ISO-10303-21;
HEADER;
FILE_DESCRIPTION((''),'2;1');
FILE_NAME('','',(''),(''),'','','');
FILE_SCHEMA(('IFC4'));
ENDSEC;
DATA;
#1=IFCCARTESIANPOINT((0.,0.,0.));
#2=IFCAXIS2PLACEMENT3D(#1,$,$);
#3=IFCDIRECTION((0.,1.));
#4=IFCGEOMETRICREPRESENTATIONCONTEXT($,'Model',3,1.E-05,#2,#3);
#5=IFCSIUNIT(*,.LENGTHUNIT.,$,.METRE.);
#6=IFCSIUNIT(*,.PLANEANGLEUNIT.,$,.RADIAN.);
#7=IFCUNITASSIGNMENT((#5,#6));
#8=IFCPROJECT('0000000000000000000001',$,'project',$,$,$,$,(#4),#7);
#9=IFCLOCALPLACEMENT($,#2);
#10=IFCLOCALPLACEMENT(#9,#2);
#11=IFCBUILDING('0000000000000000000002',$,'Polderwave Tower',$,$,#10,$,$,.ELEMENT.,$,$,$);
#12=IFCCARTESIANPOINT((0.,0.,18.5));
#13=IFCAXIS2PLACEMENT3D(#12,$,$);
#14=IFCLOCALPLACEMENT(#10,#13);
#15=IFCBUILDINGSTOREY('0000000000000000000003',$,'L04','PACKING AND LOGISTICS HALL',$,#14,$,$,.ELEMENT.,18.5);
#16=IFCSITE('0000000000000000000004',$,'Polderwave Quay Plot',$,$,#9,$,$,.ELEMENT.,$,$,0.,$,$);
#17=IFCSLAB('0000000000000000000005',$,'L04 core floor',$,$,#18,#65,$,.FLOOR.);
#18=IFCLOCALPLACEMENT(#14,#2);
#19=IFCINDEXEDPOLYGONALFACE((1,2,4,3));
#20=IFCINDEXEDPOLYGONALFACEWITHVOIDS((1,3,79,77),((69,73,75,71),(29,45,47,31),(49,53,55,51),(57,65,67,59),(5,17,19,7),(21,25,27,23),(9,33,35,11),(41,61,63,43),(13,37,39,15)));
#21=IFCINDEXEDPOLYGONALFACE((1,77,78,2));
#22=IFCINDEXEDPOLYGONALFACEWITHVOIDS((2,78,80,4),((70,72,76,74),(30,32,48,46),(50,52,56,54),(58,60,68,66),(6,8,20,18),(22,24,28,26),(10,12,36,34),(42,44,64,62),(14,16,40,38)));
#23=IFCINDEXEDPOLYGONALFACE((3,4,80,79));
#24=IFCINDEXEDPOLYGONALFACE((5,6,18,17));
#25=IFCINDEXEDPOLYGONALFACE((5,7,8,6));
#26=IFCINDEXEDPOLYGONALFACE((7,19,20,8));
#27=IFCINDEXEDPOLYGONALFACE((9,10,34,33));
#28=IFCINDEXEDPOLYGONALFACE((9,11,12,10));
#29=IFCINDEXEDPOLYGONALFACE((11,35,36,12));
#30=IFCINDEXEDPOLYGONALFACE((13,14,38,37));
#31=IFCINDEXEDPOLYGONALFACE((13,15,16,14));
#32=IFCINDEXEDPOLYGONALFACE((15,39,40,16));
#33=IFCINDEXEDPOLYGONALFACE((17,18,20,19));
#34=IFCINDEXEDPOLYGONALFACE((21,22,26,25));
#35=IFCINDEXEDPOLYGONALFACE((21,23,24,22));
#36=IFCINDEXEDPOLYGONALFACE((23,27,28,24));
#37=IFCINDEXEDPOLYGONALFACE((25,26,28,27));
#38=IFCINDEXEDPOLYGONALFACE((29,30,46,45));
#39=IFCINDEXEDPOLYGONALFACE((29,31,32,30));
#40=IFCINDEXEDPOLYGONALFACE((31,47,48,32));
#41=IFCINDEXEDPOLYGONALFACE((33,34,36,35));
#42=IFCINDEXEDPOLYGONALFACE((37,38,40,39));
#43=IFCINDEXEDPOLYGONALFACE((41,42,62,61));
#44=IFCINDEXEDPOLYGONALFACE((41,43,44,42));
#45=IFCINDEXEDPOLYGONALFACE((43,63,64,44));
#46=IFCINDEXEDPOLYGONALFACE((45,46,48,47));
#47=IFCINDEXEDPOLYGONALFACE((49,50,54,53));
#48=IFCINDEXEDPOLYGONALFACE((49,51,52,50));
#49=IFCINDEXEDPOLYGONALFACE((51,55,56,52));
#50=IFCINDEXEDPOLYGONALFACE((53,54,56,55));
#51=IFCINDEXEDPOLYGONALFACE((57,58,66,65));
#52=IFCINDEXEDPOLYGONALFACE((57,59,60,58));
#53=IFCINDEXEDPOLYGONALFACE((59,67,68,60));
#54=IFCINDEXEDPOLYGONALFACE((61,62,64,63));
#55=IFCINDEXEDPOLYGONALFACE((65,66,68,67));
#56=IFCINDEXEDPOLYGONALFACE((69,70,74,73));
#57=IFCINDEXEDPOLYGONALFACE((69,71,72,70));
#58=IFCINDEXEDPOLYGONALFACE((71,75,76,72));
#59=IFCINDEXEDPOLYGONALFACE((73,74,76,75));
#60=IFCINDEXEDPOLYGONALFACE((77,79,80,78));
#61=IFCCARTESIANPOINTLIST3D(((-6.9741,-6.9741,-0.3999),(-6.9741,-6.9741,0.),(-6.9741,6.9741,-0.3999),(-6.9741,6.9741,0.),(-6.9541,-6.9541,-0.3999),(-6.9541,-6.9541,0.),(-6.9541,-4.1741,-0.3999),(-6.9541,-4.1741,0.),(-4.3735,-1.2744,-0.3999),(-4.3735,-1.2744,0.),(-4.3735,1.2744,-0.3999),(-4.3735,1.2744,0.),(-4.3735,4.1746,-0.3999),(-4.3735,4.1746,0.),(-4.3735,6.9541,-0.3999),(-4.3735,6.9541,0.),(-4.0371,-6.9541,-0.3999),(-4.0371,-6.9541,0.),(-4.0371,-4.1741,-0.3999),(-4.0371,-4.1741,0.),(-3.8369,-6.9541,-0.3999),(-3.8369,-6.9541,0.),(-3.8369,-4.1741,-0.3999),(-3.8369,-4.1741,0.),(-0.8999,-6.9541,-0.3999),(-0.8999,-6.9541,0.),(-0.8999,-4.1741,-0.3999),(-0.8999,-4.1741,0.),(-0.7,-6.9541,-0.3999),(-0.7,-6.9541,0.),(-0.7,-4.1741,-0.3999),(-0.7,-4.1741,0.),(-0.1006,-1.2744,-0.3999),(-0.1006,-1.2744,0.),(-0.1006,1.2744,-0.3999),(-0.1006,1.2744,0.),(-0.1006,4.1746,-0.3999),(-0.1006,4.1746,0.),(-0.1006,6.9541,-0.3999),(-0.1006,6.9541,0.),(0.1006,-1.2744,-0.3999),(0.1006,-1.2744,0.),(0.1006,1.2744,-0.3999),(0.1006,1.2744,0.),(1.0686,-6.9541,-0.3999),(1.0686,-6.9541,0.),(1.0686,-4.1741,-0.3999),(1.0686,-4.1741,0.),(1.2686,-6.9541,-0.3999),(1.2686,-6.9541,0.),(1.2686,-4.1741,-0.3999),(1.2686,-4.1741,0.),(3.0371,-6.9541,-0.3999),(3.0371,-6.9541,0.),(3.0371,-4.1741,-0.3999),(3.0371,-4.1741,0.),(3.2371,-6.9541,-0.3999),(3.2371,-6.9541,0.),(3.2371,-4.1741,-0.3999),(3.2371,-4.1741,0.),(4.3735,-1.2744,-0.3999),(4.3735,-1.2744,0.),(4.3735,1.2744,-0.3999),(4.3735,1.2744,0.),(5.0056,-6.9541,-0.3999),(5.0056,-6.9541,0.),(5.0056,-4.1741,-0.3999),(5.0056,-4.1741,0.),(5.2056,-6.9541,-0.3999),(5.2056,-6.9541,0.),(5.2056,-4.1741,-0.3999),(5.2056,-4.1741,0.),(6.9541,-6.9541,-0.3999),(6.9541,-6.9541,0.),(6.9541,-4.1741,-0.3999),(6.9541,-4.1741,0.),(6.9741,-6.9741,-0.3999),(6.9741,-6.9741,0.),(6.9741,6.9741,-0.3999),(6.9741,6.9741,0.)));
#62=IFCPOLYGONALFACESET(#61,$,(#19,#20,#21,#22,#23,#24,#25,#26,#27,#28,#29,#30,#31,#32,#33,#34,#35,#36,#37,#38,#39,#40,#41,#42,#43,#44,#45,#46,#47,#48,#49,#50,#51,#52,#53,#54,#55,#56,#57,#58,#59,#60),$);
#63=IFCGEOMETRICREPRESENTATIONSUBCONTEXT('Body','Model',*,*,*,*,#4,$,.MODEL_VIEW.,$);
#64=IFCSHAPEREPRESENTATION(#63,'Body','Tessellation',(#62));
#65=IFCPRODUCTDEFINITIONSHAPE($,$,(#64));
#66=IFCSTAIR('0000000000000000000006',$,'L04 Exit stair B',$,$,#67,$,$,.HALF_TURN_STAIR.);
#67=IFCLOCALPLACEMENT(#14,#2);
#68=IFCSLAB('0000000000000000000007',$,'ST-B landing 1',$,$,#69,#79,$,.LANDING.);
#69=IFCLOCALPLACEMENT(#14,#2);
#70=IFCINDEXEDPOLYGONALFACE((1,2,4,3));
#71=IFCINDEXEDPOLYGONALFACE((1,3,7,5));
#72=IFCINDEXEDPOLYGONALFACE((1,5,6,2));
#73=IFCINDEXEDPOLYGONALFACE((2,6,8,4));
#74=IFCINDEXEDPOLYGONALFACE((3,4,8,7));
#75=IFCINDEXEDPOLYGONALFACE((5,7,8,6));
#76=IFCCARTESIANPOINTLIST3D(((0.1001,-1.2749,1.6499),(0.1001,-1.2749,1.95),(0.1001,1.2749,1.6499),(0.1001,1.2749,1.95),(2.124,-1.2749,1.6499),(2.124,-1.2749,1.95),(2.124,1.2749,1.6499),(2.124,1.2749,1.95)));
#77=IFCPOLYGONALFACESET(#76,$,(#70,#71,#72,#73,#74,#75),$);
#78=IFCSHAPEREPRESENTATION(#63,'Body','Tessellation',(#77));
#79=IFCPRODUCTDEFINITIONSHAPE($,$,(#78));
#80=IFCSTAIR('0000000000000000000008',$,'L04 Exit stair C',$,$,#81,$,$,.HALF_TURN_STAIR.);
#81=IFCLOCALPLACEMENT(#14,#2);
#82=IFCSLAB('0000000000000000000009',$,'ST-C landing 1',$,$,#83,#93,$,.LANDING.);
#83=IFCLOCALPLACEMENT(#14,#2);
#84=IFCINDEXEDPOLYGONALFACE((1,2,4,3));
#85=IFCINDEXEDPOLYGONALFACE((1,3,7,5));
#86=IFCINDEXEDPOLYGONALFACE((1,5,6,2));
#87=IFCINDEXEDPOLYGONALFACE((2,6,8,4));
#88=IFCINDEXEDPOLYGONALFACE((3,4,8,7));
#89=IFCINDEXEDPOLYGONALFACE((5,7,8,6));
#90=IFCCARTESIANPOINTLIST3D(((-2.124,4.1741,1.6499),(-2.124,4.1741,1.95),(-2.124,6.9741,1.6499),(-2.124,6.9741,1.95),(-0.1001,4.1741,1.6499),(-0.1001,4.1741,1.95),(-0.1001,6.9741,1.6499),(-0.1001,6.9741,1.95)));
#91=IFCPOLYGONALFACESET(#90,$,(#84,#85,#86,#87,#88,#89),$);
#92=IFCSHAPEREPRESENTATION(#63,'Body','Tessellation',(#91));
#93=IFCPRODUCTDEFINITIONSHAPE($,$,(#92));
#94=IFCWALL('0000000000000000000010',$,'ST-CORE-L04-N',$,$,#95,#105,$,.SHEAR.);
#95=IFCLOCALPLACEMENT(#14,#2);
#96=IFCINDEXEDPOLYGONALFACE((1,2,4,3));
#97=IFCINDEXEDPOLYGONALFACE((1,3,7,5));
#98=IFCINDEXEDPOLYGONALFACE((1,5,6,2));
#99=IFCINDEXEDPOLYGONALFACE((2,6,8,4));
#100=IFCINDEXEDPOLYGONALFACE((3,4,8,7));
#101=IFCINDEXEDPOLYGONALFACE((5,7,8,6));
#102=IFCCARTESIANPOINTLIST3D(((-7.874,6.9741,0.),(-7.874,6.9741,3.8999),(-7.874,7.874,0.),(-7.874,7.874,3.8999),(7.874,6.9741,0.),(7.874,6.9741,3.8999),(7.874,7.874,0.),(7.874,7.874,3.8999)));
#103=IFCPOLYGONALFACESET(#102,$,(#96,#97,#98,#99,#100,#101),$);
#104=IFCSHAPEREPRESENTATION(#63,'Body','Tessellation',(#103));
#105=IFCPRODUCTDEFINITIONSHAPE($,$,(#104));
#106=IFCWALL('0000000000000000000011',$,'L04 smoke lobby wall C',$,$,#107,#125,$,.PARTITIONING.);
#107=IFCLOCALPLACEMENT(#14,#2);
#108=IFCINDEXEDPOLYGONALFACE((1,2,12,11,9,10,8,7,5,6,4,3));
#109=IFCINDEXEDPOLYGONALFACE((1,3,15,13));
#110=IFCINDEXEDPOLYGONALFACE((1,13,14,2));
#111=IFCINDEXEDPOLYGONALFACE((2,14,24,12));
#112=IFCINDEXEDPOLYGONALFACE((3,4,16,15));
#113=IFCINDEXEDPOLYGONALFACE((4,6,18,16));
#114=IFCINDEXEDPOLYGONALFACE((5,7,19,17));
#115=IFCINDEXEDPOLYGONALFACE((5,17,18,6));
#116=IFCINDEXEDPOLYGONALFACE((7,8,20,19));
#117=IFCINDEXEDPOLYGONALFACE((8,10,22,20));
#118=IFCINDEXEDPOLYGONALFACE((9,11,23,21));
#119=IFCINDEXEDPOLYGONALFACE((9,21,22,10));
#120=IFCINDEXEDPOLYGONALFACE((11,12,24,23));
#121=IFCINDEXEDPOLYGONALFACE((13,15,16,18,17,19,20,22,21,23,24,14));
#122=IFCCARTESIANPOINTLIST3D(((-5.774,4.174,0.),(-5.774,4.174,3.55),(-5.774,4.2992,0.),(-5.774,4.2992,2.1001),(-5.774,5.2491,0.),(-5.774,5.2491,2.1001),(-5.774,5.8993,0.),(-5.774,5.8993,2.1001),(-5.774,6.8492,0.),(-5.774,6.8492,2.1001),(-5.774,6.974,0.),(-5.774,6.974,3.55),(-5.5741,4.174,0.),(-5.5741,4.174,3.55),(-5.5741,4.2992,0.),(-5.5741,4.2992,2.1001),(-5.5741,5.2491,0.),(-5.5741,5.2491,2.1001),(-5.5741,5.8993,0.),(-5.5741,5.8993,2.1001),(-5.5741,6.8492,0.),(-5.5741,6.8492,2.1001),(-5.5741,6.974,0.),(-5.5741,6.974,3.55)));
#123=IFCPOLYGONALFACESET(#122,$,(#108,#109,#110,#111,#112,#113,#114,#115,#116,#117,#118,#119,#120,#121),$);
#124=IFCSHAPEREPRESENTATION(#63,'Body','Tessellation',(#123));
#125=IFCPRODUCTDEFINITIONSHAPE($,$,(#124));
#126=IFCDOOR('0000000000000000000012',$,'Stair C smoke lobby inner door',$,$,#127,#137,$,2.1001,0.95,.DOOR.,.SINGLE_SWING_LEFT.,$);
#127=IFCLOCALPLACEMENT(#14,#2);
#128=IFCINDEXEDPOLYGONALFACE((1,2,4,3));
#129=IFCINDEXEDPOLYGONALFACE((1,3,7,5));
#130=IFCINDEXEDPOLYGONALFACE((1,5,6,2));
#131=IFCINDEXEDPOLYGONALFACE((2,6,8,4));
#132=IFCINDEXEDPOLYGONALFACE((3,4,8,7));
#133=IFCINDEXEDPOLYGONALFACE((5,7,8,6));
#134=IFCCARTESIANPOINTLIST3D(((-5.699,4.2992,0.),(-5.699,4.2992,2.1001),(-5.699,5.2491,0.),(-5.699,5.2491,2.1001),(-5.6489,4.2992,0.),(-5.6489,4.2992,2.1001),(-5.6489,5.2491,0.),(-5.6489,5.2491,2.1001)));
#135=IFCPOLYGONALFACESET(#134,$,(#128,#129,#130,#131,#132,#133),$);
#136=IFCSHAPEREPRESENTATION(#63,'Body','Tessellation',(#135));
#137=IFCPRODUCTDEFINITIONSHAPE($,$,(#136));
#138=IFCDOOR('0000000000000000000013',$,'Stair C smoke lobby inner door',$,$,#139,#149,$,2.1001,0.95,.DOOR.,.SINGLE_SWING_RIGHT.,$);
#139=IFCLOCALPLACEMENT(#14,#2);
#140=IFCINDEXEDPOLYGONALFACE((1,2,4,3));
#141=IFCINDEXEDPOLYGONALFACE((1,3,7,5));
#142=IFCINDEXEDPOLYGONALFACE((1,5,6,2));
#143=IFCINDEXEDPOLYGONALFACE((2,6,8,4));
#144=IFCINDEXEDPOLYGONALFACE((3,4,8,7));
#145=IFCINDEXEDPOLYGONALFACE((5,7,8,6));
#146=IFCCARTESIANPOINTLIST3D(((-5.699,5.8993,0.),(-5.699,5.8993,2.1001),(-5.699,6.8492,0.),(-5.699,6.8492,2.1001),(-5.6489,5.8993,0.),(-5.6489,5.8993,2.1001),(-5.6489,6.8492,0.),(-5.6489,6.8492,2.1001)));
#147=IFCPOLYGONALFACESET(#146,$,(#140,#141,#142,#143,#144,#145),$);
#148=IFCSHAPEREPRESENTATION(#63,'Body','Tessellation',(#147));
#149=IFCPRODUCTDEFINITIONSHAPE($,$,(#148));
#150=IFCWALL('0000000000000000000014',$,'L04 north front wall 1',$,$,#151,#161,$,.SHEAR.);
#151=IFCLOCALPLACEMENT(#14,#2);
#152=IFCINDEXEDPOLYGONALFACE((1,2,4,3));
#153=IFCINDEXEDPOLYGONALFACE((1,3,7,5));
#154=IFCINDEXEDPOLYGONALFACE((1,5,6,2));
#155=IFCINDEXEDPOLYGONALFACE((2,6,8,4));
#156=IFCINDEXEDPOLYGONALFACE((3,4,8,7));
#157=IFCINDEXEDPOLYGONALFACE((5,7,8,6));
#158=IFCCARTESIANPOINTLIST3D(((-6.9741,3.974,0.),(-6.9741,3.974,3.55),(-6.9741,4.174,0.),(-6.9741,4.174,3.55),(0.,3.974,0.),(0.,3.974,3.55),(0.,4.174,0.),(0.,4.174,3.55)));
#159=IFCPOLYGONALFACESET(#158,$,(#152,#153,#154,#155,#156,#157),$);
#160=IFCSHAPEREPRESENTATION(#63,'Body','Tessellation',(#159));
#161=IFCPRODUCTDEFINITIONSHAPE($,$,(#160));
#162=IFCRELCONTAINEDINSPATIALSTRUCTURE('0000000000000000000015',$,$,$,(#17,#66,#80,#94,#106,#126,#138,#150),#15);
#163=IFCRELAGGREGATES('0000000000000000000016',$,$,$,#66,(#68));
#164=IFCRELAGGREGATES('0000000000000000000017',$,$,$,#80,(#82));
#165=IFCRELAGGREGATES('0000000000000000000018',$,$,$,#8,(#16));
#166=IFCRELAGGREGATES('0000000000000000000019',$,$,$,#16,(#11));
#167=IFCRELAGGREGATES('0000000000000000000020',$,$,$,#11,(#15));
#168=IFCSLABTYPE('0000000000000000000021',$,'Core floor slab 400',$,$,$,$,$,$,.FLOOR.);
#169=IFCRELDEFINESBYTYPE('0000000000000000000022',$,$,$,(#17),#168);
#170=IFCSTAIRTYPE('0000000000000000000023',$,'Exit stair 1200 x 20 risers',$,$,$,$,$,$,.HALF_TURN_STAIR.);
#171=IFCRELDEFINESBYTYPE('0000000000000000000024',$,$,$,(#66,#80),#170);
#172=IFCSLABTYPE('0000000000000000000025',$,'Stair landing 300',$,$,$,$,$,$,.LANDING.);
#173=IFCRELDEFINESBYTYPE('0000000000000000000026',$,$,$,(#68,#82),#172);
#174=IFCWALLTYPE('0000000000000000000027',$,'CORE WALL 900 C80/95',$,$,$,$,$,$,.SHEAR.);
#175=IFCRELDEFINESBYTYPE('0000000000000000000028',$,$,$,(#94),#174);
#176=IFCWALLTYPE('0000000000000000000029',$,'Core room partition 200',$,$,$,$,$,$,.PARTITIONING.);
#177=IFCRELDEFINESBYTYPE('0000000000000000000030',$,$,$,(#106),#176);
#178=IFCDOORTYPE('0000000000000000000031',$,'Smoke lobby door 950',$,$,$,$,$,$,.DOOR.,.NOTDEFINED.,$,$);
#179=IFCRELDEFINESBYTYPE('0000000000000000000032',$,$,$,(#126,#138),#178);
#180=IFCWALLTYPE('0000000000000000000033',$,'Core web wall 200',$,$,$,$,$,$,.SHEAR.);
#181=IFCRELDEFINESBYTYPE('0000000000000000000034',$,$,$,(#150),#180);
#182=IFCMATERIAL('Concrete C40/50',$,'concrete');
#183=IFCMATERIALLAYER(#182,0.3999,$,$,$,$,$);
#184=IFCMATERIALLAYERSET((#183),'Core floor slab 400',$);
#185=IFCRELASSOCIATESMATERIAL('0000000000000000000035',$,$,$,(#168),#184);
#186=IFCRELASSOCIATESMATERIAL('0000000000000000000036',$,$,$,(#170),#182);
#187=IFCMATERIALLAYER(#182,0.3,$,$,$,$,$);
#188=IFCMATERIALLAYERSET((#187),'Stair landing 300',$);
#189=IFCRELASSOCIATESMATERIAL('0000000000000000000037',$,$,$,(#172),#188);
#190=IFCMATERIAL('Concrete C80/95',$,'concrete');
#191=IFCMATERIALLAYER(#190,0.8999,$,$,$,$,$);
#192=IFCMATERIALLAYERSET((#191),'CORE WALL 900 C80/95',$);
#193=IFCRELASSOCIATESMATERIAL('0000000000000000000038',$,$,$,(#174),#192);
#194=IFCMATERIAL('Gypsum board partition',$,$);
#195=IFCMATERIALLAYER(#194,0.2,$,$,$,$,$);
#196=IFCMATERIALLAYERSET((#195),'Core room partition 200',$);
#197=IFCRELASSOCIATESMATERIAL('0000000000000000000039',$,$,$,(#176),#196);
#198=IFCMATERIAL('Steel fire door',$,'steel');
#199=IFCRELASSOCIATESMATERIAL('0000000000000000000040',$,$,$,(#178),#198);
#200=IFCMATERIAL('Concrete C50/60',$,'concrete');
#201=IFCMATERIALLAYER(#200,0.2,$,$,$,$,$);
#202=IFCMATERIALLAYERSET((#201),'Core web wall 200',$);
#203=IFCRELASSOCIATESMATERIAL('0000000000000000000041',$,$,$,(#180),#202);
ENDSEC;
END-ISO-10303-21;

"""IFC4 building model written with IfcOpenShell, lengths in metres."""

from ifc_helpers import new_model, si_unit, direction, frame, frame_2d, origin, place, context, subcontext, project, spatial, polyline, rectangle, outline, extrude, material, layer, layer_set, type_object, element, fill, aggregate, save


model = new_model("IFC4")

# Units and contexts
model_context = context("Model", 3, precision=1e-05, world=origin(), true_north=direction((0.0, 1.0)))
body_context = subcontext(model_context, "Body", "Model", "MODEL_VIEW")
ifc_project = project(units=[si_unit("LENGTHUNIT", "METRE"), si_unit("PLANEANGLEUNIT", "RADIAN")], contexts=[model_context])

# Site, building, storey
site_placement = place(None, origin())
site = spatial("IfcSite", under=ifc_project, at=site_placement, Name="Polderwave Quay Plot", CompositionType="ELEMENT", RefElevation=0.0)
building_placement = place(site_placement, origin())
building = spatial("IfcBuilding", under=site, at=building_placement, Name="Polderwave Tower", CompositionType="ELEMENT")
storey_placement = place(building_placement, frame((0.0, 0.0, 18.5)))
storey = spatial("IfcBuildingStorey", under=building, at=storey_placement, Name="L04", Description="PACKING AND LOGISTICS HALL", CompositionType="ELEMENT", Elevation=18.5)

# Slab
ifc_material_1 = material(Name="Concrete C40/50", Category="concrete")
ifc_layer_1 = layer(ifc_material_1, 0.3999)
ifc_layer_set_1 = layer_set([ifc_layer_1], Name="Core floor slab 400")
slab_type_1 = type_object("IfcSlabType", Name="Core floor slab 400", PredefinedType="FLOOR", material=ifc_layer_set_1)
slab_1_placement = place(storey_placement, frame((0.0, 0.0, -0.3999)))
element("IfcSlab", 1, at=slab_1_placement, inside=storey, type_object=slab_type_1, Name="L04 core floor", PredefinedType="FLOOR", context=body_context, shape_type="SweptSolid", body=[
    extrude(outline(polyline([(-6.9741, -6.9741), (6.9741, -6.9741), (6.9741, 6.9741), (-6.9741, 6.9741), (-6.9741, -6.9741)]), holes=[polyline([(-6.9541, -6.9541), (-4.0371, -6.9541), (-4.0371, -4.1741), (-6.9541, -4.1741), (-6.9541, -6.9541)]), polyline([(-3.8369, -6.9541), (-0.8999, -6.9541), (-0.8999, -4.1741), (-3.8369, -4.1741), (-3.8369, -6.9541)]), polyline([(-0.7, -6.9541), (1.0686, -6.9541), (1.0686, -4.1741), (-0.7, -4.1741), (-0.7, -6.9541)]), polyline([(1.2686, -6.9541), (3.0371, -6.9541), (3.0371, -4.1741), (1.2686, -4.1741), (1.2686, -6.9541)]), polyline([(3.2371, -6.9541), (5.0056, -6.9541), (5.0056, -4.1741), (3.2371, -4.1741), (3.2371, -6.9541)]), polyline([(5.2056, -6.9541), (6.9541, -6.9541), (6.9541, -4.1741), (5.2056, -4.1741), (5.2056, -6.9541)]), polyline([(-4.3735, -1.2744), (-0.1006, -1.2744), (-0.1006, 1.2744), (-4.3735, 1.2744), (-4.3735, -1.2744)]), polyline([(0.1006, -1.2744), (4.3735, -1.2744), (4.3735, 1.2744), (0.1006, 1.2744), (0.1006, -1.2744)]), polyline([(-4.3735, 4.1746), (-0.1006, 4.1746), (-0.1006, 6.9541), (-4.3735, 6.9541), (-4.3735, 4.1746)])]), origin(), (0.0, 0.0, 1.0), 0.3999),
])

# Stairs, slabs
stair_type = type_object("IfcStairType", Name="Exit stair 1200 x 20 risers", PredefinedType="HALF_TURN_STAIR", material=ifc_material_1)
stair_1_placement = place(storey_placement, origin())
stair_1 = element("IfcStair", 2, at=stair_1_placement, inside=storey, type_object=stair_type, Name="L04 Exit stair B", PredefinedType="HALF_TURN_STAIR")
ifc_layer_2 = layer(ifc_material_1, 0.3)
ifc_layer_set_2 = layer_set([ifc_layer_2], Name="Stair landing 300")
slab_type_2 = type_object("IfcSlabType", Name="Stair landing 300", PredefinedType="LANDING", material=ifc_layer_set_2)
slab_2_placement = place(storey_placement, frame((0.0, 0.0, 1.6499)))
slab_2 = element("IfcSlab", 3, at=slab_2_placement, type_object=slab_type_2, Name="ST-B landing 1", PredefinedType="LANDING", context=body_context, shape_type="SweptSolid", body=[
    extrude(outline(polyline([(2.124, 1.2749), (0.1001, 1.2749), (0.1001, -1.2749), (2.124, -1.2749), (2.124, 1.2749)])), origin(), (0.0, 0.0, 1.0), 0.3),
])
aggregate(stair_1, [slab_2])
stair_2_placement = place(storey_placement, origin())
stair_2 = element("IfcStair", 4, at=stair_2_placement, inside=storey, type_object=stair_type, Name="L04 Exit stair C", PredefinedType="HALF_TURN_STAIR")
slab_3_placement = place(storey_placement, frame((0.0, 0.0, 1.6499)))
slab_3 = element("IfcSlab", 5, at=slab_3_placement, type_object=slab_type_2, Name="ST-C landing 1", PredefinedType="LANDING", context=body_context, shape_type="SweptSolid", body=[
    extrude(outline(polyline([(-2.124, 4.1741), (-0.1001, 4.1741), (-0.1001, 6.9741), (-2.124, 6.9741), (-2.124, 4.1741)])), origin(), (0.0, 0.0, 1.0), 0.3),
])

# Wall
ifc_material_2 = material(Name="Concrete C80/95", Category="concrete")
ifc_layer_3 = layer(ifc_material_2, 0.8999)
ifc_layer_set_3 = layer_set([ifc_layer_3], Name="CORE WALL 900 C80/95")
wall_type_1 = type_object("IfcWallType", Name="CORE WALL 900 C80/95", PredefinedType="SHEAR", material=ifc_layer_set_3)
wall_1_placement = place(storey_placement, frame((-7.874, 7.4241, 0.0), z_axis=(0.0, 0.0, 1.0), x_axis=(1.0, 0.0, 0.0)))
element("IfcWall", 6, at=wall_1_placement, inside=storey, type_object=wall_type_1, Name="ST-CORE-L04-N", PredefinedType="SHEAR", context=body_context, shape_type="SweptSolid", body=[
    extrude(rectangle(XDim=15.748, YDim=0.8999, at=frame_2d((7.874, 0.0))), origin(), (0.0, 0.0, 1.0), 3.8999),
])

# Wall, openings, doors
ifc_material_3 = material(Name="Gypsum board partition")
ifc_layer_4 = layer(ifc_material_3, 0.2)
ifc_layer_set_4 = layer_set([ifc_layer_4], Name="Core room partition 200")
wall_type_2 = type_object("IfcWallType", Name="Core room partition 200", PredefinedType="PARTITIONING", material=ifc_layer_set_4)
wall_2_placement = place(storey_placement, frame((-5.6741, 4.1741, 0.0), z_axis=(0.0, 0.0, 1.0), x_axis=(0.0, 1.0, 0.0)))
wall_2 = element("IfcWall", 7, at=wall_2_placement, inside=storey, type_object=wall_type_2, Name="L04 smoke lobby wall C", PredefinedType="PARTITIONING", context=body_context, shape_type="SweptSolid", body=[
    extrude(rectangle(XDim=2.8, YDim=0.2, at=frame_2d((1.3999, 0.0))), origin(), (0.0, 0.0, 1.0), 3.55),
])
opening_1_placement = place(wall_2_placement, frame((0.125, 0.0, 0.0)))
opening_1 = element("IfcOpeningElement", 8, at=opening_1_placement, cuts=wall_2, PredefinedType="OPENING", context=body_context, shape_type="SweptSolid", body=[
    extrude(rectangle(XDim=0.95, YDim=2.1001, at=frame_2d((0.4751, 1.05))), frame((0.0, 0.1099, 0.0), z_axis=(0.0, -1.0, 0.0), x_axis=(1.0, 0.0, 0.0)), (0.0, 0.0, 1.0), 0.22),
])
opening_2_placement = place(wall_2_placement, frame((1.7251, 0.0, 0.0)))
opening_2 = element("IfcOpeningElement", 9, at=opening_2_placement, cuts=wall_2, PredefinedType="OPENING", context=body_context, shape_type="SweptSolid", body=[
    extrude(rectangle(XDim=0.95, YDim=2.1001, at=frame_2d((0.4751, 1.05))), frame((0.0, 0.1099, 0.0), z_axis=(0.0, -1.0, 0.0), x_axis=(1.0, 0.0, 0.0)), (0.0, 0.0, 1.0), 0.22),
])
ifc_material_4 = material(Name="Steel fire door", Category="steel")
door_type_1 = type_object("IfcDoorType", Name="Smoke lobby door 950", OperationType="NOTDEFINED", PredefinedType="DOOR", material=ifc_material_4)
door_1_placement = place(opening_1_placement, origin())
door_1 = element("IfcDoor", 10, at=door_1_placement, inside=storey, type_object=door_type_1, Name="Stair C smoke lobby inner door", OperationType="SINGLE_SWING_LEFT", OverallHeight=2.1001, OverallWidth=0.95, PredefinedType="DOOR", context=body_context, shape_type="SweptSolid", body=[
    extrude(rectangle(XDim=0.95, YDim=2.1001, at=frame_2d((0.4751, 1.05))), frame((0.0, 0.0249, 0.0), z_axis=(0.0, -1.0, 0.0), x_axis=(1.0, 0.0, 0.0)), (0.0, 0.0, 1.0), 0.05),
])
fill(opening_1, door_1)
door_2_placement = place(opening_2_placement, origin())
door_2 = element("IfcDoor", 11, at=door_2_placement, inside=storey, type_object=door_type_1, Name="Stair C smoke lobby inner door", OperationType="SINGLE_SWING_RIGHT", OverallHeight=2.1001, OverallWidth=0.95, PredefinedType="DOOR", context=body_context, shape_type="SweptSolid", body=[
    extrude(rectangle(XDim=0.95, YDim=2.1001, at=frame_2d((0.4751, 1.05))), frame((0.0, 0.0249, 0.0), z_axis=(0.0, -1.0, 0.0), x_axis=(1.0, 0.0, 0.0)), (0.0, 0.0, 1.0), 0.05),
])
fill(opening_2, door_2)

# Wall
ifc_material_5 = material(Name="Concrete C50/60", Category="concrete")
ifc_layer_5 = layer(ifc_material_5, 0.2)
ifc_layer_set_5 = layer_set([ifc_layer_5], Name="Core web wall 200")
wall_type_3 = type_object("IfcWallType", Name="Core web wall 200", PredefinedType="SHEAR", material=ifc_layer_set_5)
wall_3_placement = place(storey_placement, frame((-6.9741, 4.074, 0.0), z_axis=(0.0, 0.0, 1.0), x_axis=(1.0, 0.0, 0.0)))
element("IfcWall", 12, at=wall_3_placement, inside=storey, type_object=wall_type_3, Name="L04 north front wall 1", PredefinedType="SHEAR", context=body_context, shape_type="SweptSolid", body=[
    extrude(rectangle(XDim=6.9741, YDim=0.2, at=frame_2d((3.4871, 0.0))), origin(), (0.0, 0.0, 1.0), 3.55),
])

aggregate(stair_2, [slab_3])

save(model, "model.ifc")
